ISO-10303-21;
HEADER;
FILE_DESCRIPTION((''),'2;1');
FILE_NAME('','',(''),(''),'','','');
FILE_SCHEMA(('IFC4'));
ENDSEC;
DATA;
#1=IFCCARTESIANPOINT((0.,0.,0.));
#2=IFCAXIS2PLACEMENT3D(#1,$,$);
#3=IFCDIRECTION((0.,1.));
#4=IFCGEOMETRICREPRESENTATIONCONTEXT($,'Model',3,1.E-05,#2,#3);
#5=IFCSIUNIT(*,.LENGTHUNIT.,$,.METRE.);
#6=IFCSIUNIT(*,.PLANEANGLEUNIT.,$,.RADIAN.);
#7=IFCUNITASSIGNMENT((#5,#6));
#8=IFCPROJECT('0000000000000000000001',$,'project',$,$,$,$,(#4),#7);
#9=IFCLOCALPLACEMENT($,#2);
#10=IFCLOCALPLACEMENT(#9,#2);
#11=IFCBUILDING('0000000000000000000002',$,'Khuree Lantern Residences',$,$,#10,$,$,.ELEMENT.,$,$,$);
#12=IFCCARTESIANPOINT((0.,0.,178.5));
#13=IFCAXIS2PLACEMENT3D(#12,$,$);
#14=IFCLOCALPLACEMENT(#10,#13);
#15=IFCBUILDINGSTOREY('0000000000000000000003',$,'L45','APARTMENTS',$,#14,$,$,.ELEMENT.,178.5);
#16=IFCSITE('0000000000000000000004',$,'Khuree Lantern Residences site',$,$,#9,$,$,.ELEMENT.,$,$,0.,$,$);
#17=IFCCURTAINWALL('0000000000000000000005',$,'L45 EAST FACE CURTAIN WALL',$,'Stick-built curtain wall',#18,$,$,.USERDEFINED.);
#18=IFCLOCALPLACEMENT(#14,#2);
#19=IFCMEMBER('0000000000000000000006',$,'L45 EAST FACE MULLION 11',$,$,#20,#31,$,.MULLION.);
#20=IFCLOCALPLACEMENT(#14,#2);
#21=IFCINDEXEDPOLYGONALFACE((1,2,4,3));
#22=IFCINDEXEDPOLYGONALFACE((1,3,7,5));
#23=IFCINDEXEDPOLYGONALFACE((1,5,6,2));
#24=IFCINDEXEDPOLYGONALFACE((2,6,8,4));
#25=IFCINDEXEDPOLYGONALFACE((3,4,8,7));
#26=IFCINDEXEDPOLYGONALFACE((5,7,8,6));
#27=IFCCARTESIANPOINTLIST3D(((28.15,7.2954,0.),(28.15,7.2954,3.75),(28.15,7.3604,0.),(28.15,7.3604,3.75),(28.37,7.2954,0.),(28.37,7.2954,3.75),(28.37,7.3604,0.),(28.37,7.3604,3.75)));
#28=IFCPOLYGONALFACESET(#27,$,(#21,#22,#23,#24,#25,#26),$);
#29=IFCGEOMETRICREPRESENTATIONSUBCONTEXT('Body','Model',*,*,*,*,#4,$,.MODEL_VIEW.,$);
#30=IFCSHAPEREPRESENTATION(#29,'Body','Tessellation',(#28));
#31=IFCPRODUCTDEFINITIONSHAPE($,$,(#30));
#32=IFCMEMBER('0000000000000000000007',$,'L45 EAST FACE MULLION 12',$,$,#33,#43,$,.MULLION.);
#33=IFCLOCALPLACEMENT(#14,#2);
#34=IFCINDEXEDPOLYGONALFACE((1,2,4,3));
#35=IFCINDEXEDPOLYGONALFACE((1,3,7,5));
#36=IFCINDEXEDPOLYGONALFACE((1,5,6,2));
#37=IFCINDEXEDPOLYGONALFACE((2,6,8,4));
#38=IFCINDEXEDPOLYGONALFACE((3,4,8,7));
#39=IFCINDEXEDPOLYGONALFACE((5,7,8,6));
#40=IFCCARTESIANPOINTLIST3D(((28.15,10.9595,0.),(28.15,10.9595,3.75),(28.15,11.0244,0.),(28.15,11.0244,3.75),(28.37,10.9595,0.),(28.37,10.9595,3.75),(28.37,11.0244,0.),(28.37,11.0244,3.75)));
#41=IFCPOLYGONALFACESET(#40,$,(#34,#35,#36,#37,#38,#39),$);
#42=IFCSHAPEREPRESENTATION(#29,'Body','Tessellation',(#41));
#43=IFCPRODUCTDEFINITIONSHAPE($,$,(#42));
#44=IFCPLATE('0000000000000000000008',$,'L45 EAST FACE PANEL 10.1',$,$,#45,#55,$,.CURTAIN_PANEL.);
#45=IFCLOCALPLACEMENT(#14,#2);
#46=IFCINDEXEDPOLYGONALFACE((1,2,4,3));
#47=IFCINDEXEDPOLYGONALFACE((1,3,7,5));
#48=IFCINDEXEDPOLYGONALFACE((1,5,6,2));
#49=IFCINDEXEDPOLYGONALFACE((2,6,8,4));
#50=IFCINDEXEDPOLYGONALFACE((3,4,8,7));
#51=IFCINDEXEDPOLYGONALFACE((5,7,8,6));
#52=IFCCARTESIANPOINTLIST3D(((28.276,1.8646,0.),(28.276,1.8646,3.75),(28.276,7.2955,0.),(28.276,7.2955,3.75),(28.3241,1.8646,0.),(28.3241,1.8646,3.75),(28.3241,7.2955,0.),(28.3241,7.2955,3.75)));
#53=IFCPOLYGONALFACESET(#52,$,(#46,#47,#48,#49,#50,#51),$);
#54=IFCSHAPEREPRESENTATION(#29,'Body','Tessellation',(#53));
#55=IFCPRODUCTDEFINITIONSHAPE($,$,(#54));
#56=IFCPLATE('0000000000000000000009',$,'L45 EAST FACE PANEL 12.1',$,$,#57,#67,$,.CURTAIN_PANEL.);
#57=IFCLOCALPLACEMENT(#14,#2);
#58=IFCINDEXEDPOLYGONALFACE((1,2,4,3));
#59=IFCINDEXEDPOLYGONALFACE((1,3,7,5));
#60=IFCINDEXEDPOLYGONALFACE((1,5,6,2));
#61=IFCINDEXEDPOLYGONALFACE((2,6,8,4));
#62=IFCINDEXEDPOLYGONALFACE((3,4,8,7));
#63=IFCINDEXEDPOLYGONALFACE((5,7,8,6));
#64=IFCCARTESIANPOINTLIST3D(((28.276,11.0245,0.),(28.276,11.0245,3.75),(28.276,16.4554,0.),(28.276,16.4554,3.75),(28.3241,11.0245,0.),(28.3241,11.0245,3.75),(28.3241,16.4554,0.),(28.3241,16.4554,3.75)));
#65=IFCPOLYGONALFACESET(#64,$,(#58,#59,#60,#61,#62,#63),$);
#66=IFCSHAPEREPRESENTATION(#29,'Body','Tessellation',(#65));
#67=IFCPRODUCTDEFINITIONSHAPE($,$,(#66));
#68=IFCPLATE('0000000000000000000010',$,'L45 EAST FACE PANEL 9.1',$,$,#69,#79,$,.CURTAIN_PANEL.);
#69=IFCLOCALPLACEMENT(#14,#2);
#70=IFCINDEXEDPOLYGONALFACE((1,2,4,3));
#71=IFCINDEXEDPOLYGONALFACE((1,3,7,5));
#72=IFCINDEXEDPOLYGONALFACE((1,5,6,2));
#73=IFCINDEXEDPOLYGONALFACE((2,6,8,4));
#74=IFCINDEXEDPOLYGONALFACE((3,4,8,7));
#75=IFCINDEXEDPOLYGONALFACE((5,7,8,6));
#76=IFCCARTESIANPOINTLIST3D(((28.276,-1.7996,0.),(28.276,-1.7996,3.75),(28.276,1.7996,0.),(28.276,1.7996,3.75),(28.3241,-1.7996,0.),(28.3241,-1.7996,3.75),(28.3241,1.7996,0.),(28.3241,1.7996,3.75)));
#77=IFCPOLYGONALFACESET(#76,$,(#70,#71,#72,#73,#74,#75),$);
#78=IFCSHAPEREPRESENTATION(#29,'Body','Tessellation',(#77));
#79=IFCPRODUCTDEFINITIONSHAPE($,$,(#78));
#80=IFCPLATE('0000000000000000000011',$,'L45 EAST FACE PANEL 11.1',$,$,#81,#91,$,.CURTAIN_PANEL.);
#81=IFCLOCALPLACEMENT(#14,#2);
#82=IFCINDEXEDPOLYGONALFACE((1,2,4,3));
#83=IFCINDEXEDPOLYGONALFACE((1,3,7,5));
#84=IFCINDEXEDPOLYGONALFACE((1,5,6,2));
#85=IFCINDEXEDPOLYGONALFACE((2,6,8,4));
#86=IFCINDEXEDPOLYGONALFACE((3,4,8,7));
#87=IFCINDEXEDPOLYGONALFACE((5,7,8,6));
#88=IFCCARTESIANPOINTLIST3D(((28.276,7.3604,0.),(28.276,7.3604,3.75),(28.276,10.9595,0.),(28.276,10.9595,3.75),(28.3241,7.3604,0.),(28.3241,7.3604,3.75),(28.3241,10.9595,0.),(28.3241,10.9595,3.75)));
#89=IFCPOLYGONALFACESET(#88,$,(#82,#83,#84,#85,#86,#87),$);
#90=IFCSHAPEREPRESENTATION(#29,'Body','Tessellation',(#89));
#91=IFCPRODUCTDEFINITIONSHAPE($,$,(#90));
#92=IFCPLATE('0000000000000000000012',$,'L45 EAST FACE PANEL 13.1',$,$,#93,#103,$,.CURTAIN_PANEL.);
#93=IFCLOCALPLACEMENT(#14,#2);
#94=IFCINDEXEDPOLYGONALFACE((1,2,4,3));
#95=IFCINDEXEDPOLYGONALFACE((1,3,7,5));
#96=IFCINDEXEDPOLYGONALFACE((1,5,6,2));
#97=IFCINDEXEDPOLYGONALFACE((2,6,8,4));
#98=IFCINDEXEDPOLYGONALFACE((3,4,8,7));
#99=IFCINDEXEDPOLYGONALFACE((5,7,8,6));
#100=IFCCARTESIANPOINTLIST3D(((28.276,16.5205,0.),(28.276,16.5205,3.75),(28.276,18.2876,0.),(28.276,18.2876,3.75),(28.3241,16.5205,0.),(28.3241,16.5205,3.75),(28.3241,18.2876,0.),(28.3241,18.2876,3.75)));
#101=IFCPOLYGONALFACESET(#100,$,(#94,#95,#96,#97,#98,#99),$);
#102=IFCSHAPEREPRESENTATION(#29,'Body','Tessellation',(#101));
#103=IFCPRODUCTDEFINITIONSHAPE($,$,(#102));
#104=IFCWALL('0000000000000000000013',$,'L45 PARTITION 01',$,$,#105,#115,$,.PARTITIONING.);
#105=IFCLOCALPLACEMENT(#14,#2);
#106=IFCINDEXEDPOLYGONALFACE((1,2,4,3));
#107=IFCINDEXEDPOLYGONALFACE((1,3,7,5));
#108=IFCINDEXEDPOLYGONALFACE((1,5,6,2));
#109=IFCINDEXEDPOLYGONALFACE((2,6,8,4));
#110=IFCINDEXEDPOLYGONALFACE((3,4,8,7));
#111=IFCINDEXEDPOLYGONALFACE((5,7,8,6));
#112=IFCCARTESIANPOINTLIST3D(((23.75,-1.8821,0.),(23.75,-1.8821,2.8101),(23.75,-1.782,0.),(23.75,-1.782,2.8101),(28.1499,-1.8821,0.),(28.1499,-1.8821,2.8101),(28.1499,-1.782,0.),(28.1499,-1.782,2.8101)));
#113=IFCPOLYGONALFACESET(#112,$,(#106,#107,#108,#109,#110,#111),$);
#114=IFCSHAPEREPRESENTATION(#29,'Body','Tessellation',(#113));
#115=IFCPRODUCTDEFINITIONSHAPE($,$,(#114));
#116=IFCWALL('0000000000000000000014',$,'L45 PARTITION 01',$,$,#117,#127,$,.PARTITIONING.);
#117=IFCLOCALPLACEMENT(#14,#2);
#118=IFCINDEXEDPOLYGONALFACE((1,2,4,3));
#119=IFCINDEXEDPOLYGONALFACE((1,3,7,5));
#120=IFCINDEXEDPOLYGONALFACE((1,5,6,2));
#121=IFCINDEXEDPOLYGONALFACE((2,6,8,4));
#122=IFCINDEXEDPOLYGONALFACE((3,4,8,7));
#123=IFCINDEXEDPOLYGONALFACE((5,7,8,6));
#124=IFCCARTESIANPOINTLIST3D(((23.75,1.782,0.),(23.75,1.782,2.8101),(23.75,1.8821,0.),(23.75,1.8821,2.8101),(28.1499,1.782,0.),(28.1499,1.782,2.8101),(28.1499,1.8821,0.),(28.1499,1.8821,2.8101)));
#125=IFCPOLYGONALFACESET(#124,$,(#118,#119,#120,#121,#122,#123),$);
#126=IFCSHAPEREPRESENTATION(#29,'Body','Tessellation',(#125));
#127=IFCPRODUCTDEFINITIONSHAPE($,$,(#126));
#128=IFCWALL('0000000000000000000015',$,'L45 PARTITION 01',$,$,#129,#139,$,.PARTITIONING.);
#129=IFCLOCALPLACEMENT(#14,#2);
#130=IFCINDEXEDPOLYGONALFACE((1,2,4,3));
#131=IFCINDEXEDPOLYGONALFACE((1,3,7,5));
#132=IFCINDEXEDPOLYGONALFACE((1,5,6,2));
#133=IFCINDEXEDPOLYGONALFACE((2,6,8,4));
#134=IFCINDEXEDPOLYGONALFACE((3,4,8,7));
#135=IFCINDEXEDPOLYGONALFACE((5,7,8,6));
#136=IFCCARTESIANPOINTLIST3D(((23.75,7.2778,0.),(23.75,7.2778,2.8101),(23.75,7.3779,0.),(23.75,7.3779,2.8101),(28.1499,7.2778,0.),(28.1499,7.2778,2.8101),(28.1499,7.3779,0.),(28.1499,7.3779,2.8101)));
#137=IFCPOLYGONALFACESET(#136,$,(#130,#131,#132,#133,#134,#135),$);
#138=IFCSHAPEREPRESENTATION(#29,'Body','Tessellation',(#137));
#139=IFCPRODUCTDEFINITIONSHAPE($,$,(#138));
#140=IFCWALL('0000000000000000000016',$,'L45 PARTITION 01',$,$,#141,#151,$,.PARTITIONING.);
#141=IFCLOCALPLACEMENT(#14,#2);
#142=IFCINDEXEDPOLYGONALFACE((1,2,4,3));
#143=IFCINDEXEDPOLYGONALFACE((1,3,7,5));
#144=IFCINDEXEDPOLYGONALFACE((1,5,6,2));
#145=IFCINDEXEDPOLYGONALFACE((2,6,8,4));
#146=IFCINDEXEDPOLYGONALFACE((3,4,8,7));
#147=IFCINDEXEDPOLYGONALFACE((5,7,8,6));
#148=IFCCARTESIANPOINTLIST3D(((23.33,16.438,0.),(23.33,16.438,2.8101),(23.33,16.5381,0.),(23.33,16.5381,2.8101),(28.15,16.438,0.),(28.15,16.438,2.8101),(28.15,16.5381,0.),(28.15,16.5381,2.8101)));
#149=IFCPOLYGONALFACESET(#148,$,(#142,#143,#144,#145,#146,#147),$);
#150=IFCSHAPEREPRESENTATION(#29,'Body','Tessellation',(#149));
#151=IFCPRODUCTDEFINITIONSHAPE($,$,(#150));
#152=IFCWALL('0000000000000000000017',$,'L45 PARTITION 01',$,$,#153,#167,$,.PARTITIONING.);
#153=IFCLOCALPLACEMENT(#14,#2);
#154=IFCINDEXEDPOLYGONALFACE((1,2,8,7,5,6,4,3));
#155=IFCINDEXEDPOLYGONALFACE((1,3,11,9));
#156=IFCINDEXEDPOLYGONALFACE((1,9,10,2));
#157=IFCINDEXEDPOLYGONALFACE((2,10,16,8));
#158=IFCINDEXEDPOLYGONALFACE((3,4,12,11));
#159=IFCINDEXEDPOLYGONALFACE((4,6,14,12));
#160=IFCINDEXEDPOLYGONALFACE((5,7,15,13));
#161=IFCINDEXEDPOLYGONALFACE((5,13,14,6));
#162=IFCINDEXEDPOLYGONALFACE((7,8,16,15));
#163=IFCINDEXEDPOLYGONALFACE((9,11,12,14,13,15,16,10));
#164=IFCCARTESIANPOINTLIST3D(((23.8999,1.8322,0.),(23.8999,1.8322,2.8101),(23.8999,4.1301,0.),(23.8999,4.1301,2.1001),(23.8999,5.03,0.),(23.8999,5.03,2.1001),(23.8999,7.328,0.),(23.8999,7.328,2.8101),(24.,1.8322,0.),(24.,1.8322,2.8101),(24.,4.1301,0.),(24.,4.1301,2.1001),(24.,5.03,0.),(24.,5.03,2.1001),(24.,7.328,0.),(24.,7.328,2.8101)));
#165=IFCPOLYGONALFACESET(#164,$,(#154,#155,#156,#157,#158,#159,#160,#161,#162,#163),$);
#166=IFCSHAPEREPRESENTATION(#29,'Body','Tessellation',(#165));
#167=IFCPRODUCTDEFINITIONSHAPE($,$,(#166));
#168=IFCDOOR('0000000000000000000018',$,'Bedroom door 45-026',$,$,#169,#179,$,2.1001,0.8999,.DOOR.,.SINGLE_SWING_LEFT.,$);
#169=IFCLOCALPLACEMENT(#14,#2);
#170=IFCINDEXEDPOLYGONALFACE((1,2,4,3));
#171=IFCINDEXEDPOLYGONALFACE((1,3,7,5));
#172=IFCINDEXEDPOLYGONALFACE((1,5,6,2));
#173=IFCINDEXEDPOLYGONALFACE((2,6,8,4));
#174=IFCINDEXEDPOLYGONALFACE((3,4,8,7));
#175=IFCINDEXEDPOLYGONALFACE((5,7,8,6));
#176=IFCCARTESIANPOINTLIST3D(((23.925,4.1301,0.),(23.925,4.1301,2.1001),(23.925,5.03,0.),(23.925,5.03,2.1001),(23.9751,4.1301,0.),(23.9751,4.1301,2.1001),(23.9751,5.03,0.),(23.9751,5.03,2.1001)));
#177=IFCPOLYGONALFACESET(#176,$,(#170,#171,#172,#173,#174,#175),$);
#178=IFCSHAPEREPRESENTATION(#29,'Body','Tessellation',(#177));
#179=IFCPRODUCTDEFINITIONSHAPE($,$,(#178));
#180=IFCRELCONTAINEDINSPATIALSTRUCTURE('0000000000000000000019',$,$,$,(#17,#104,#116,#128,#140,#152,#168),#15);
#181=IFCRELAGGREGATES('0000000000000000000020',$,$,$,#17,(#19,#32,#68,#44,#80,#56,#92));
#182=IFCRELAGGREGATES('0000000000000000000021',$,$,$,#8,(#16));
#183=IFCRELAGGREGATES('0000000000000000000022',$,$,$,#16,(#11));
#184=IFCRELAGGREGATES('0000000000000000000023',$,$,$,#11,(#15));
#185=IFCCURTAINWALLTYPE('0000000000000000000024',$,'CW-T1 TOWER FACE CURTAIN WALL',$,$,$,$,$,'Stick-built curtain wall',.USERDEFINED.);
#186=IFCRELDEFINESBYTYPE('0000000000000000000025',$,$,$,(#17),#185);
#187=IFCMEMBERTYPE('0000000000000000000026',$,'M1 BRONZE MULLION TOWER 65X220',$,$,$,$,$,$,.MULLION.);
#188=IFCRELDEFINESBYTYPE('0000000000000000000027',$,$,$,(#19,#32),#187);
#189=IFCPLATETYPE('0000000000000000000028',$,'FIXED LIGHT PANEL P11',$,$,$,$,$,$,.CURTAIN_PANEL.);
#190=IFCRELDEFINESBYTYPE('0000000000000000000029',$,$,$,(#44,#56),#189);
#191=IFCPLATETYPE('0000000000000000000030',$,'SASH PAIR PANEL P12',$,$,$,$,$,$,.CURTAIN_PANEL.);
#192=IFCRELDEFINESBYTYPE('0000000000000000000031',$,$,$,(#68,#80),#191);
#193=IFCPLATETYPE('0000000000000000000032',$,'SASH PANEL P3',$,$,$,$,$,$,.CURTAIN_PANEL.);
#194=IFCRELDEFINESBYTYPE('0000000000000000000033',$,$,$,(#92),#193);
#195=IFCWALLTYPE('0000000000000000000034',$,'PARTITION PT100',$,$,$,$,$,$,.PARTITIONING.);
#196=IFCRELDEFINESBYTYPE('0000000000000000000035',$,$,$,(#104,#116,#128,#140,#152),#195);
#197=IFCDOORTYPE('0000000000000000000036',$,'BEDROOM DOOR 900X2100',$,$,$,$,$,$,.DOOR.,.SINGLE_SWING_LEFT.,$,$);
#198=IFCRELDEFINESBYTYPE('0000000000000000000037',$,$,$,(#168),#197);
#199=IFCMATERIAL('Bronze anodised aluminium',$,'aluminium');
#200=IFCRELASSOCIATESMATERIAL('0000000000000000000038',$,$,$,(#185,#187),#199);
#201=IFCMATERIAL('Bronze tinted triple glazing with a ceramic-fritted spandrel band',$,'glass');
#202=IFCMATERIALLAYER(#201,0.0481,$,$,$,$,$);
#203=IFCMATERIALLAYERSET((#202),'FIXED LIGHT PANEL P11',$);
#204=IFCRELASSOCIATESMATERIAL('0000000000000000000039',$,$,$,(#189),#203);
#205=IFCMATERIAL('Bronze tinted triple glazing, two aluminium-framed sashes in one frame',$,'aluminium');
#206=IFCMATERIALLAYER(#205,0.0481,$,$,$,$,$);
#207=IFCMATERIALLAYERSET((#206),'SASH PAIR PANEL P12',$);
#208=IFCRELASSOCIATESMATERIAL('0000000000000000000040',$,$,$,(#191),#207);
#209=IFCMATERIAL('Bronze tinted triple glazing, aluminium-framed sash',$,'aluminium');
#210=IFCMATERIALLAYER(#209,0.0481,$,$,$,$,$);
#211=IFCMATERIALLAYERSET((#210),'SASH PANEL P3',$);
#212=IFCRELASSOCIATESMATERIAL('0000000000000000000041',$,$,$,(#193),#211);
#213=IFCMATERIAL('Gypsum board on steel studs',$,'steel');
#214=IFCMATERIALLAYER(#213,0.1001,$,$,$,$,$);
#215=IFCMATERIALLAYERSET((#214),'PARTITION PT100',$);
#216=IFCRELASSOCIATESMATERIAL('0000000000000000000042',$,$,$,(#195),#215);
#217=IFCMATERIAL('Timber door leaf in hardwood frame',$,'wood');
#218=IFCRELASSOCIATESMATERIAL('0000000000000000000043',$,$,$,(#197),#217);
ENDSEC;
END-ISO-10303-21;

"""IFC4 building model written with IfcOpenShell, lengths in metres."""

from ifc_helpers import new_model, si_unit, direction, frame, frame_2d, origin, origin_2d, place, context, subcontext, project, spatial, rectangle, extrude, material, layer, layer_set, material_profile, profile_set, type_object, element, fill, aggregate, save


model = new_model("IFC4")

# Units and contexts
model_context = context("Model", 3, precision=1e-05, world=origin(), true_north=direction((0.0, 1.0)))
body_context = subcontext(model_context, "Body", "Model", "MODEL_VIEW")
ifc_project = project(units=[si_unit("LENGTHUNIT", "METRE"), si_unit("PLANEANGLEUNIT", "RADIAN")], contexts=[model_context])

# Site, building, storey
site_placement = place(None, origin())
site = spatial("IfcSite", under=ifc_project, at=site_placement, Name="Khuree Lantern Residences site", CompositionType="ELEMENT", RefElevation=0.0)
building_placement = place(site_placement, origin())
building = spatial("IfcBuilding", under=site, at=building_placement, Name="Khuree Lantern Residences", CompositionType="ELEMENT")
storey_placement = place(building_placement, frame((0.0, 0.0, 178.5)))
storey = spatial("IfcBuildingStorey", under=building, at=storey_placement, Name="L45", Description="APARTMENTS", CompositionType="ELEMENT", Elevation=178.5)

# Curtain wall
ifc_material_1 = material(Name="Bronze anodised aluminium", Category="aluminium")
curtain_wall_type = type_object("IfcCurtainWallType", Name="CW-T1 TOWER FACE CURTAIN WALL", ElementType="Stick-built curtain wall", PredefinedType="USERDEFINED", material=ifc_material_1)
curtain_wall_placement = place(storey_placement, origin())
curtain_wall = element("IfcCurtainWall", 1, at=curtain_wall_placement, inside=storey, type_object=curtain_wall_type, Name="L45 EAST FACE CURTAIN WALL", ObjectType="Stick-built curtain wall", PredefinedType="USERDEFINED")

# Members
ifc_material_profile_1 = material_profile(ifc_material_1, rectangle(XDim=0.0649, YDim=0.22, at=origin_2d()), Name="M1 65X220")
ifc_profile_set_1 = profile_set([ifc_material_profile_1], Name="Bronze anodised aluminium")
member_type_1 = type_object("IfcMemberType", Name="M1 BRONZE MULLION TOWER 65X220", PredefinedType="MULLION", material=ifc_profile_set_1)
member_1_placement = place(storey_placement, frame((28.26, 7.3279, 0.0), z_axis=(0.0, 0.0, 1.0), x_axis=(0.0, 1.0, 0.0)))
member_1 = element("IfcMember", 2, at=member_1_placement, type_object=member_type_1, Name="L45 EAST FACE MULLION 11", PredefinedType="MULLION", context=body_context, shape_type="SweptSolid", body=[
    extrude(rectangle(XDim=0.0649, YDim=0.22, at=origin_2d()), origin(), (0.0, 0.0, 1.0), 3.75),
])
member_2_placement = place(storey_placement, frame((28.26, 10.9919, 0.0), z_axis=(0.0, 0.0, 1.0), x_axis=(0.0, 1.0, 0.0)))
member_2 = element("IfcMember", 3, at=member_2_placement, type_object=member_type_1, Name="L45 EAST FACE MULLION 12", PredefinedType="MULLION", context=body_context, shape_type="SweptSolid", body=[
    extrude(rectangle(XDim=0.0649, YDim=0.22, at=origin_2d()), origin(), (0.0, 0.0, 1.0), 3.75),
])

# Plates
ifc_material_2 = material(Name="Bronze tinted triple glazing with a ceramic-fritted spandrel band", Category="glass")
ifc_layer_1 = layer(ifc_material_2, 0.0481)
ifc_layer_set_1 = layer_set([ifc_layer_1], Name="FIXED LIGHT PANEL P11")
plate_type_1 = type_object("IfcPlateType", Name="FIXED LIGHT PANEL P11", PredefinedType="CURTAIN_PANEL", material=ifc_layer_set_1)
plate_1_placement = place(storey_placement, frame((28.3, 4.5801, 0.0), z_axis=(0.0, 0.0, 1.0), x_axis=(0.0, 1.0, 0.0)))
plate_1 = element("IfcPlate", 4, at=plate_1_placement, type_object=plate_type_1, Name="L45 EAST FACE PANEL 10.1", PredefinedType="CURTAIN_PANEL", context=body_context, shape_type="SweptSolid", body=[
    extrude(rectangle(XDim=5.4309, YDim=0.0481, at=origin_2d()), origin(), (0.0, 0.0, 1.0), 3.75),
])
plate_2_placement = place(storey_placement, frame((28.3, 13.74, 0.0), z_axis=(0.0, 0.0, 1.0), x_axis=(0.0, 1.0, 0.0)))
plate_2 = element("IfcPlate", 5, at=plate_2_placement, type_object=plate_type_1, Name="L45 EAST FACE PANEL 12.1", PredefinedType="CURTAIN_PANEL", context=body_context, shape_type="SweptSolid", body=[
    extrude(rectangle(XDim=5.4309, YDim=0.0481, at=origin_2d()), origin(), (0.0, 0.0, 1.0), 3.75),
])
ifc_material_3 = material(Name="Bronze tinted triple glazing, two aluminium-framed sashes in one frame", Category="aluminium")
ifc_layer_2 = layer(ifc_material_3, 0.0481)
ifc_layer_set_2 = layer_set([ifc_layer_2], Name="SASH PAIR PANEL P12")
plate_type_2 = type_object("IfcPlateType", Name="SASH PAIR PANEL P12", PredefinedType="CURTAIN_PANEL", material=ifc_layer_set_2)
plate_3_placement = place(storey_placement, frame((28.3, 0.0, 0.0), z_axis=(0.0, 0.0, 1.0), x_axis=(0.0, 1.0, 0.0)))
plate_3 = element("IfcPlate", 6, at=plate_3_placement, type_object=plate_type_2, Name="L45 EAST FACE PANEL 9.1", PredefinedType="CURTAIN_PANEL", context=body_context, shape_type="SweptSolid", body=[
    extrude(rectangle(XDim=3.5991, YDim=0.0481, at=origin_2d()), origin(), (0.0, 0.0, 1.0), 3.75),
])
plate_4_placement = place(storey_placement, frame((28.3, 9.1599, 0.0), z_axis=(0.0, 0.0, 1.0), x_axis=(0.0, 1.0, 0.0)))
plate_4 = element("IfcPlate", 7, at=plate_4_placement, type_object=plate_type_2, Name="L45 EAST FACE PANEL 11.1", PredefinedType="CURTAIN_PANEL", context=body_context, shape_type="SweptSolid", body=[
    extrude(rectangle(XDim=3.5991, YDim=0.0481, at=origin_2d()), origin(), (0.0, 0.0, 1.0), 3.75),
])
ifc_material_4 = material(Name="Bronze tinted triple glazing, aluminium-framed sash", Category="aluminium")
ifc_layer_3 = layer(ifc_material_4, 0.0481)
ifc_layer_set_3 = layer_set([ifc_layer_3], Name="SASH PANEL P3")
plate_type_3 = type_object("IfcPlateType", Name="SASH PANEL P3", PredefinedType="CURTAIN_PANEL", material=ifc_layer_set_3)
plate_5_placement = place(storey_placement, frame((28.3, 17.4041, 0.0), z_axis=(0.0, 0.0, 1.0), x_axis=(0.0, 1.0, 0.0)))
plate_5 = element("IfcPlate", 8, at=plate_5_placement, type_object=plate_type_3, Name="L45 EAST FACE PANEL 13.1", PredefinedType="CURTAIN_PANEL", context=body_context, shape_type="SweptSolid", body=[
    extrude(rectangle(XDim=1.7671, YDim=0.0481, at=origin_2d()), origin(), (0.0, 0.0, 1.0), 3.75),
])
aggregate(curtain_wall, [member_1, member_2, plate_3, plate_1, plate_4, plate_2, plate_5])

# Walls
ifc_material_5 = material(Name="Gypsum board on steel studs", Category="steel")
ifc_layer_4 = layer(ifc_material_5, 0.1001)
ifc_layer_set_4 = layer_set([ifc_layer_4], Name="PARTITION PT100")
wall_type = type_object("IfcWallType", Name="PARTITION PT100", PredefinedType="PARTITIONING", material=ifc_layer_set_4)
for number, where, z_axis, x_axis, name in (
    (9, (23.75, -1.832, 0.0), (0.0, 0.0, 1.0), (1.0, 0.0, 0.0), "L45 PARTITION 01"),
    (10, (23.75, 1.832, 0.0), (0.0, 0.0, 1.0), (1.0, 0.0, 0.0), "L45 PARTITION 01"),
    (11, (23.75, 7.3279, 0.0), (0.0, 0.0, 1.0), (1.0, 0.0, 0.0), "L45 PARTITION 01"),
):
    element("IfcWall", number, at=place(storey_placement, frame(where, z_axis=z_axis, x_axis=x_axis)), inside=storey, type_object=wall_type, Name=name, PredefinedType="PARTITIONING", context=body_context, shape_type="SweptSolid", body=[
        extrude(rectangle(XDim=4.3999, YDim=0.1001, at=frame_2d((2.2, 0.0))), origin(), (0.0, 0.0, 1.0), 2.8101),
    ])
wall_1_placement = place(storey_placement, frame((23.3298, 16.488, 0.0), z_axis=(0.0, 0.0, 1.0), x_axis=(1.0, 0.0, 0.0)))
element("IfcWall", 12, at=wall_1_placement, inside=storey, type_object=wall_type, Name="L45 PARTITION 01", PredefinedType="PARTITIONING", context=body_context, shape_type="SweptSolid", body=[
    extrude(rectangle(XDim=4.8201, YDim=0.1001, at=frame_2d((2.4102, 0.0))), origin(), (0.0, 0.0, 1.0), 2.8101),
])

# Wall, opening, door
wall_2_placement = place(storey_placement, frame((23.95, 1.832, 0.0), z_axis=(0.0, 0.0, 1.0), x_axis=(0.0, 1.0, 0.0)))
wall_2 = element("IfcWall", 13, at=wall_2_placement, inside=storey, type_object=wall_type, Name="L45 PARTITION 01", PredefinedType="PARTITIONING", context=body_context, shape_type="SweptSolid", body=[
    extrude(rectangle(XDim=5.4958, YDim=0.1001, at=frame_2d((2.748, 0.0))), origin(), (0.0, 0.0, 1.0), 2.8101),
])
opening_1_placement = place(wall_2_placement, frame((2.2981, 0.0, 0.0)))
opening_1 = element("IfcOpeningElement", 14, at=opening_1_placement, cuts=wall_2, PredefinedType="OPENING", context=body_context, shape_type="SweptSolid", body=[
    extrude(rectangle(XDim=0.8999, YDim=2.1001, at=frame_2d((0.45, 1.05))), frame((0.0, 0.0601, 0.0), z_axis=(0.0, -1.0, 0.0), x_axis=(1.0, 0.0, 0.0)), (0.0, 0.0, 1.0), 0.1201),
])
ifc_material_6 = material(Name="Timber door leaf in hardwood frame", Category="wood")
door_type_1 = type_object("IfcDoorType", Name="BEDROOM DOOR 900X2100", OperationType="SINGLE_SWING_LEFT", PredefinedType="DOOR", material=ifc_material_6)
door_1_placement = place(opening_1_placement, origin())
door_1 = element("IfcDoor", 15, at=door_1_placement, inside=storey, type_object=door_type_1, Name="Bedroom door 45-026", OperationType="SINGLE_SWING_LEFT", OverallHeight=2.1001, OverallWidth=0.8999, PredefinedType="DOOR", context=body_context, shape_type="SweptSolid", body=[
    extrude(rectangle(XDim=0.8999, YDim=2.1001, at=frame_2d((0.45, 1.05))), frame((0.0, 0.0249, 0.0), z_axis=(0.0, -1.0, 0.0), x_axis=(1.0, 0.0, 0.0)), (0.0, 0.0, 1.0), 0.05),
])
fill(opening_1, door_1)

save(model, "model.ifc")
